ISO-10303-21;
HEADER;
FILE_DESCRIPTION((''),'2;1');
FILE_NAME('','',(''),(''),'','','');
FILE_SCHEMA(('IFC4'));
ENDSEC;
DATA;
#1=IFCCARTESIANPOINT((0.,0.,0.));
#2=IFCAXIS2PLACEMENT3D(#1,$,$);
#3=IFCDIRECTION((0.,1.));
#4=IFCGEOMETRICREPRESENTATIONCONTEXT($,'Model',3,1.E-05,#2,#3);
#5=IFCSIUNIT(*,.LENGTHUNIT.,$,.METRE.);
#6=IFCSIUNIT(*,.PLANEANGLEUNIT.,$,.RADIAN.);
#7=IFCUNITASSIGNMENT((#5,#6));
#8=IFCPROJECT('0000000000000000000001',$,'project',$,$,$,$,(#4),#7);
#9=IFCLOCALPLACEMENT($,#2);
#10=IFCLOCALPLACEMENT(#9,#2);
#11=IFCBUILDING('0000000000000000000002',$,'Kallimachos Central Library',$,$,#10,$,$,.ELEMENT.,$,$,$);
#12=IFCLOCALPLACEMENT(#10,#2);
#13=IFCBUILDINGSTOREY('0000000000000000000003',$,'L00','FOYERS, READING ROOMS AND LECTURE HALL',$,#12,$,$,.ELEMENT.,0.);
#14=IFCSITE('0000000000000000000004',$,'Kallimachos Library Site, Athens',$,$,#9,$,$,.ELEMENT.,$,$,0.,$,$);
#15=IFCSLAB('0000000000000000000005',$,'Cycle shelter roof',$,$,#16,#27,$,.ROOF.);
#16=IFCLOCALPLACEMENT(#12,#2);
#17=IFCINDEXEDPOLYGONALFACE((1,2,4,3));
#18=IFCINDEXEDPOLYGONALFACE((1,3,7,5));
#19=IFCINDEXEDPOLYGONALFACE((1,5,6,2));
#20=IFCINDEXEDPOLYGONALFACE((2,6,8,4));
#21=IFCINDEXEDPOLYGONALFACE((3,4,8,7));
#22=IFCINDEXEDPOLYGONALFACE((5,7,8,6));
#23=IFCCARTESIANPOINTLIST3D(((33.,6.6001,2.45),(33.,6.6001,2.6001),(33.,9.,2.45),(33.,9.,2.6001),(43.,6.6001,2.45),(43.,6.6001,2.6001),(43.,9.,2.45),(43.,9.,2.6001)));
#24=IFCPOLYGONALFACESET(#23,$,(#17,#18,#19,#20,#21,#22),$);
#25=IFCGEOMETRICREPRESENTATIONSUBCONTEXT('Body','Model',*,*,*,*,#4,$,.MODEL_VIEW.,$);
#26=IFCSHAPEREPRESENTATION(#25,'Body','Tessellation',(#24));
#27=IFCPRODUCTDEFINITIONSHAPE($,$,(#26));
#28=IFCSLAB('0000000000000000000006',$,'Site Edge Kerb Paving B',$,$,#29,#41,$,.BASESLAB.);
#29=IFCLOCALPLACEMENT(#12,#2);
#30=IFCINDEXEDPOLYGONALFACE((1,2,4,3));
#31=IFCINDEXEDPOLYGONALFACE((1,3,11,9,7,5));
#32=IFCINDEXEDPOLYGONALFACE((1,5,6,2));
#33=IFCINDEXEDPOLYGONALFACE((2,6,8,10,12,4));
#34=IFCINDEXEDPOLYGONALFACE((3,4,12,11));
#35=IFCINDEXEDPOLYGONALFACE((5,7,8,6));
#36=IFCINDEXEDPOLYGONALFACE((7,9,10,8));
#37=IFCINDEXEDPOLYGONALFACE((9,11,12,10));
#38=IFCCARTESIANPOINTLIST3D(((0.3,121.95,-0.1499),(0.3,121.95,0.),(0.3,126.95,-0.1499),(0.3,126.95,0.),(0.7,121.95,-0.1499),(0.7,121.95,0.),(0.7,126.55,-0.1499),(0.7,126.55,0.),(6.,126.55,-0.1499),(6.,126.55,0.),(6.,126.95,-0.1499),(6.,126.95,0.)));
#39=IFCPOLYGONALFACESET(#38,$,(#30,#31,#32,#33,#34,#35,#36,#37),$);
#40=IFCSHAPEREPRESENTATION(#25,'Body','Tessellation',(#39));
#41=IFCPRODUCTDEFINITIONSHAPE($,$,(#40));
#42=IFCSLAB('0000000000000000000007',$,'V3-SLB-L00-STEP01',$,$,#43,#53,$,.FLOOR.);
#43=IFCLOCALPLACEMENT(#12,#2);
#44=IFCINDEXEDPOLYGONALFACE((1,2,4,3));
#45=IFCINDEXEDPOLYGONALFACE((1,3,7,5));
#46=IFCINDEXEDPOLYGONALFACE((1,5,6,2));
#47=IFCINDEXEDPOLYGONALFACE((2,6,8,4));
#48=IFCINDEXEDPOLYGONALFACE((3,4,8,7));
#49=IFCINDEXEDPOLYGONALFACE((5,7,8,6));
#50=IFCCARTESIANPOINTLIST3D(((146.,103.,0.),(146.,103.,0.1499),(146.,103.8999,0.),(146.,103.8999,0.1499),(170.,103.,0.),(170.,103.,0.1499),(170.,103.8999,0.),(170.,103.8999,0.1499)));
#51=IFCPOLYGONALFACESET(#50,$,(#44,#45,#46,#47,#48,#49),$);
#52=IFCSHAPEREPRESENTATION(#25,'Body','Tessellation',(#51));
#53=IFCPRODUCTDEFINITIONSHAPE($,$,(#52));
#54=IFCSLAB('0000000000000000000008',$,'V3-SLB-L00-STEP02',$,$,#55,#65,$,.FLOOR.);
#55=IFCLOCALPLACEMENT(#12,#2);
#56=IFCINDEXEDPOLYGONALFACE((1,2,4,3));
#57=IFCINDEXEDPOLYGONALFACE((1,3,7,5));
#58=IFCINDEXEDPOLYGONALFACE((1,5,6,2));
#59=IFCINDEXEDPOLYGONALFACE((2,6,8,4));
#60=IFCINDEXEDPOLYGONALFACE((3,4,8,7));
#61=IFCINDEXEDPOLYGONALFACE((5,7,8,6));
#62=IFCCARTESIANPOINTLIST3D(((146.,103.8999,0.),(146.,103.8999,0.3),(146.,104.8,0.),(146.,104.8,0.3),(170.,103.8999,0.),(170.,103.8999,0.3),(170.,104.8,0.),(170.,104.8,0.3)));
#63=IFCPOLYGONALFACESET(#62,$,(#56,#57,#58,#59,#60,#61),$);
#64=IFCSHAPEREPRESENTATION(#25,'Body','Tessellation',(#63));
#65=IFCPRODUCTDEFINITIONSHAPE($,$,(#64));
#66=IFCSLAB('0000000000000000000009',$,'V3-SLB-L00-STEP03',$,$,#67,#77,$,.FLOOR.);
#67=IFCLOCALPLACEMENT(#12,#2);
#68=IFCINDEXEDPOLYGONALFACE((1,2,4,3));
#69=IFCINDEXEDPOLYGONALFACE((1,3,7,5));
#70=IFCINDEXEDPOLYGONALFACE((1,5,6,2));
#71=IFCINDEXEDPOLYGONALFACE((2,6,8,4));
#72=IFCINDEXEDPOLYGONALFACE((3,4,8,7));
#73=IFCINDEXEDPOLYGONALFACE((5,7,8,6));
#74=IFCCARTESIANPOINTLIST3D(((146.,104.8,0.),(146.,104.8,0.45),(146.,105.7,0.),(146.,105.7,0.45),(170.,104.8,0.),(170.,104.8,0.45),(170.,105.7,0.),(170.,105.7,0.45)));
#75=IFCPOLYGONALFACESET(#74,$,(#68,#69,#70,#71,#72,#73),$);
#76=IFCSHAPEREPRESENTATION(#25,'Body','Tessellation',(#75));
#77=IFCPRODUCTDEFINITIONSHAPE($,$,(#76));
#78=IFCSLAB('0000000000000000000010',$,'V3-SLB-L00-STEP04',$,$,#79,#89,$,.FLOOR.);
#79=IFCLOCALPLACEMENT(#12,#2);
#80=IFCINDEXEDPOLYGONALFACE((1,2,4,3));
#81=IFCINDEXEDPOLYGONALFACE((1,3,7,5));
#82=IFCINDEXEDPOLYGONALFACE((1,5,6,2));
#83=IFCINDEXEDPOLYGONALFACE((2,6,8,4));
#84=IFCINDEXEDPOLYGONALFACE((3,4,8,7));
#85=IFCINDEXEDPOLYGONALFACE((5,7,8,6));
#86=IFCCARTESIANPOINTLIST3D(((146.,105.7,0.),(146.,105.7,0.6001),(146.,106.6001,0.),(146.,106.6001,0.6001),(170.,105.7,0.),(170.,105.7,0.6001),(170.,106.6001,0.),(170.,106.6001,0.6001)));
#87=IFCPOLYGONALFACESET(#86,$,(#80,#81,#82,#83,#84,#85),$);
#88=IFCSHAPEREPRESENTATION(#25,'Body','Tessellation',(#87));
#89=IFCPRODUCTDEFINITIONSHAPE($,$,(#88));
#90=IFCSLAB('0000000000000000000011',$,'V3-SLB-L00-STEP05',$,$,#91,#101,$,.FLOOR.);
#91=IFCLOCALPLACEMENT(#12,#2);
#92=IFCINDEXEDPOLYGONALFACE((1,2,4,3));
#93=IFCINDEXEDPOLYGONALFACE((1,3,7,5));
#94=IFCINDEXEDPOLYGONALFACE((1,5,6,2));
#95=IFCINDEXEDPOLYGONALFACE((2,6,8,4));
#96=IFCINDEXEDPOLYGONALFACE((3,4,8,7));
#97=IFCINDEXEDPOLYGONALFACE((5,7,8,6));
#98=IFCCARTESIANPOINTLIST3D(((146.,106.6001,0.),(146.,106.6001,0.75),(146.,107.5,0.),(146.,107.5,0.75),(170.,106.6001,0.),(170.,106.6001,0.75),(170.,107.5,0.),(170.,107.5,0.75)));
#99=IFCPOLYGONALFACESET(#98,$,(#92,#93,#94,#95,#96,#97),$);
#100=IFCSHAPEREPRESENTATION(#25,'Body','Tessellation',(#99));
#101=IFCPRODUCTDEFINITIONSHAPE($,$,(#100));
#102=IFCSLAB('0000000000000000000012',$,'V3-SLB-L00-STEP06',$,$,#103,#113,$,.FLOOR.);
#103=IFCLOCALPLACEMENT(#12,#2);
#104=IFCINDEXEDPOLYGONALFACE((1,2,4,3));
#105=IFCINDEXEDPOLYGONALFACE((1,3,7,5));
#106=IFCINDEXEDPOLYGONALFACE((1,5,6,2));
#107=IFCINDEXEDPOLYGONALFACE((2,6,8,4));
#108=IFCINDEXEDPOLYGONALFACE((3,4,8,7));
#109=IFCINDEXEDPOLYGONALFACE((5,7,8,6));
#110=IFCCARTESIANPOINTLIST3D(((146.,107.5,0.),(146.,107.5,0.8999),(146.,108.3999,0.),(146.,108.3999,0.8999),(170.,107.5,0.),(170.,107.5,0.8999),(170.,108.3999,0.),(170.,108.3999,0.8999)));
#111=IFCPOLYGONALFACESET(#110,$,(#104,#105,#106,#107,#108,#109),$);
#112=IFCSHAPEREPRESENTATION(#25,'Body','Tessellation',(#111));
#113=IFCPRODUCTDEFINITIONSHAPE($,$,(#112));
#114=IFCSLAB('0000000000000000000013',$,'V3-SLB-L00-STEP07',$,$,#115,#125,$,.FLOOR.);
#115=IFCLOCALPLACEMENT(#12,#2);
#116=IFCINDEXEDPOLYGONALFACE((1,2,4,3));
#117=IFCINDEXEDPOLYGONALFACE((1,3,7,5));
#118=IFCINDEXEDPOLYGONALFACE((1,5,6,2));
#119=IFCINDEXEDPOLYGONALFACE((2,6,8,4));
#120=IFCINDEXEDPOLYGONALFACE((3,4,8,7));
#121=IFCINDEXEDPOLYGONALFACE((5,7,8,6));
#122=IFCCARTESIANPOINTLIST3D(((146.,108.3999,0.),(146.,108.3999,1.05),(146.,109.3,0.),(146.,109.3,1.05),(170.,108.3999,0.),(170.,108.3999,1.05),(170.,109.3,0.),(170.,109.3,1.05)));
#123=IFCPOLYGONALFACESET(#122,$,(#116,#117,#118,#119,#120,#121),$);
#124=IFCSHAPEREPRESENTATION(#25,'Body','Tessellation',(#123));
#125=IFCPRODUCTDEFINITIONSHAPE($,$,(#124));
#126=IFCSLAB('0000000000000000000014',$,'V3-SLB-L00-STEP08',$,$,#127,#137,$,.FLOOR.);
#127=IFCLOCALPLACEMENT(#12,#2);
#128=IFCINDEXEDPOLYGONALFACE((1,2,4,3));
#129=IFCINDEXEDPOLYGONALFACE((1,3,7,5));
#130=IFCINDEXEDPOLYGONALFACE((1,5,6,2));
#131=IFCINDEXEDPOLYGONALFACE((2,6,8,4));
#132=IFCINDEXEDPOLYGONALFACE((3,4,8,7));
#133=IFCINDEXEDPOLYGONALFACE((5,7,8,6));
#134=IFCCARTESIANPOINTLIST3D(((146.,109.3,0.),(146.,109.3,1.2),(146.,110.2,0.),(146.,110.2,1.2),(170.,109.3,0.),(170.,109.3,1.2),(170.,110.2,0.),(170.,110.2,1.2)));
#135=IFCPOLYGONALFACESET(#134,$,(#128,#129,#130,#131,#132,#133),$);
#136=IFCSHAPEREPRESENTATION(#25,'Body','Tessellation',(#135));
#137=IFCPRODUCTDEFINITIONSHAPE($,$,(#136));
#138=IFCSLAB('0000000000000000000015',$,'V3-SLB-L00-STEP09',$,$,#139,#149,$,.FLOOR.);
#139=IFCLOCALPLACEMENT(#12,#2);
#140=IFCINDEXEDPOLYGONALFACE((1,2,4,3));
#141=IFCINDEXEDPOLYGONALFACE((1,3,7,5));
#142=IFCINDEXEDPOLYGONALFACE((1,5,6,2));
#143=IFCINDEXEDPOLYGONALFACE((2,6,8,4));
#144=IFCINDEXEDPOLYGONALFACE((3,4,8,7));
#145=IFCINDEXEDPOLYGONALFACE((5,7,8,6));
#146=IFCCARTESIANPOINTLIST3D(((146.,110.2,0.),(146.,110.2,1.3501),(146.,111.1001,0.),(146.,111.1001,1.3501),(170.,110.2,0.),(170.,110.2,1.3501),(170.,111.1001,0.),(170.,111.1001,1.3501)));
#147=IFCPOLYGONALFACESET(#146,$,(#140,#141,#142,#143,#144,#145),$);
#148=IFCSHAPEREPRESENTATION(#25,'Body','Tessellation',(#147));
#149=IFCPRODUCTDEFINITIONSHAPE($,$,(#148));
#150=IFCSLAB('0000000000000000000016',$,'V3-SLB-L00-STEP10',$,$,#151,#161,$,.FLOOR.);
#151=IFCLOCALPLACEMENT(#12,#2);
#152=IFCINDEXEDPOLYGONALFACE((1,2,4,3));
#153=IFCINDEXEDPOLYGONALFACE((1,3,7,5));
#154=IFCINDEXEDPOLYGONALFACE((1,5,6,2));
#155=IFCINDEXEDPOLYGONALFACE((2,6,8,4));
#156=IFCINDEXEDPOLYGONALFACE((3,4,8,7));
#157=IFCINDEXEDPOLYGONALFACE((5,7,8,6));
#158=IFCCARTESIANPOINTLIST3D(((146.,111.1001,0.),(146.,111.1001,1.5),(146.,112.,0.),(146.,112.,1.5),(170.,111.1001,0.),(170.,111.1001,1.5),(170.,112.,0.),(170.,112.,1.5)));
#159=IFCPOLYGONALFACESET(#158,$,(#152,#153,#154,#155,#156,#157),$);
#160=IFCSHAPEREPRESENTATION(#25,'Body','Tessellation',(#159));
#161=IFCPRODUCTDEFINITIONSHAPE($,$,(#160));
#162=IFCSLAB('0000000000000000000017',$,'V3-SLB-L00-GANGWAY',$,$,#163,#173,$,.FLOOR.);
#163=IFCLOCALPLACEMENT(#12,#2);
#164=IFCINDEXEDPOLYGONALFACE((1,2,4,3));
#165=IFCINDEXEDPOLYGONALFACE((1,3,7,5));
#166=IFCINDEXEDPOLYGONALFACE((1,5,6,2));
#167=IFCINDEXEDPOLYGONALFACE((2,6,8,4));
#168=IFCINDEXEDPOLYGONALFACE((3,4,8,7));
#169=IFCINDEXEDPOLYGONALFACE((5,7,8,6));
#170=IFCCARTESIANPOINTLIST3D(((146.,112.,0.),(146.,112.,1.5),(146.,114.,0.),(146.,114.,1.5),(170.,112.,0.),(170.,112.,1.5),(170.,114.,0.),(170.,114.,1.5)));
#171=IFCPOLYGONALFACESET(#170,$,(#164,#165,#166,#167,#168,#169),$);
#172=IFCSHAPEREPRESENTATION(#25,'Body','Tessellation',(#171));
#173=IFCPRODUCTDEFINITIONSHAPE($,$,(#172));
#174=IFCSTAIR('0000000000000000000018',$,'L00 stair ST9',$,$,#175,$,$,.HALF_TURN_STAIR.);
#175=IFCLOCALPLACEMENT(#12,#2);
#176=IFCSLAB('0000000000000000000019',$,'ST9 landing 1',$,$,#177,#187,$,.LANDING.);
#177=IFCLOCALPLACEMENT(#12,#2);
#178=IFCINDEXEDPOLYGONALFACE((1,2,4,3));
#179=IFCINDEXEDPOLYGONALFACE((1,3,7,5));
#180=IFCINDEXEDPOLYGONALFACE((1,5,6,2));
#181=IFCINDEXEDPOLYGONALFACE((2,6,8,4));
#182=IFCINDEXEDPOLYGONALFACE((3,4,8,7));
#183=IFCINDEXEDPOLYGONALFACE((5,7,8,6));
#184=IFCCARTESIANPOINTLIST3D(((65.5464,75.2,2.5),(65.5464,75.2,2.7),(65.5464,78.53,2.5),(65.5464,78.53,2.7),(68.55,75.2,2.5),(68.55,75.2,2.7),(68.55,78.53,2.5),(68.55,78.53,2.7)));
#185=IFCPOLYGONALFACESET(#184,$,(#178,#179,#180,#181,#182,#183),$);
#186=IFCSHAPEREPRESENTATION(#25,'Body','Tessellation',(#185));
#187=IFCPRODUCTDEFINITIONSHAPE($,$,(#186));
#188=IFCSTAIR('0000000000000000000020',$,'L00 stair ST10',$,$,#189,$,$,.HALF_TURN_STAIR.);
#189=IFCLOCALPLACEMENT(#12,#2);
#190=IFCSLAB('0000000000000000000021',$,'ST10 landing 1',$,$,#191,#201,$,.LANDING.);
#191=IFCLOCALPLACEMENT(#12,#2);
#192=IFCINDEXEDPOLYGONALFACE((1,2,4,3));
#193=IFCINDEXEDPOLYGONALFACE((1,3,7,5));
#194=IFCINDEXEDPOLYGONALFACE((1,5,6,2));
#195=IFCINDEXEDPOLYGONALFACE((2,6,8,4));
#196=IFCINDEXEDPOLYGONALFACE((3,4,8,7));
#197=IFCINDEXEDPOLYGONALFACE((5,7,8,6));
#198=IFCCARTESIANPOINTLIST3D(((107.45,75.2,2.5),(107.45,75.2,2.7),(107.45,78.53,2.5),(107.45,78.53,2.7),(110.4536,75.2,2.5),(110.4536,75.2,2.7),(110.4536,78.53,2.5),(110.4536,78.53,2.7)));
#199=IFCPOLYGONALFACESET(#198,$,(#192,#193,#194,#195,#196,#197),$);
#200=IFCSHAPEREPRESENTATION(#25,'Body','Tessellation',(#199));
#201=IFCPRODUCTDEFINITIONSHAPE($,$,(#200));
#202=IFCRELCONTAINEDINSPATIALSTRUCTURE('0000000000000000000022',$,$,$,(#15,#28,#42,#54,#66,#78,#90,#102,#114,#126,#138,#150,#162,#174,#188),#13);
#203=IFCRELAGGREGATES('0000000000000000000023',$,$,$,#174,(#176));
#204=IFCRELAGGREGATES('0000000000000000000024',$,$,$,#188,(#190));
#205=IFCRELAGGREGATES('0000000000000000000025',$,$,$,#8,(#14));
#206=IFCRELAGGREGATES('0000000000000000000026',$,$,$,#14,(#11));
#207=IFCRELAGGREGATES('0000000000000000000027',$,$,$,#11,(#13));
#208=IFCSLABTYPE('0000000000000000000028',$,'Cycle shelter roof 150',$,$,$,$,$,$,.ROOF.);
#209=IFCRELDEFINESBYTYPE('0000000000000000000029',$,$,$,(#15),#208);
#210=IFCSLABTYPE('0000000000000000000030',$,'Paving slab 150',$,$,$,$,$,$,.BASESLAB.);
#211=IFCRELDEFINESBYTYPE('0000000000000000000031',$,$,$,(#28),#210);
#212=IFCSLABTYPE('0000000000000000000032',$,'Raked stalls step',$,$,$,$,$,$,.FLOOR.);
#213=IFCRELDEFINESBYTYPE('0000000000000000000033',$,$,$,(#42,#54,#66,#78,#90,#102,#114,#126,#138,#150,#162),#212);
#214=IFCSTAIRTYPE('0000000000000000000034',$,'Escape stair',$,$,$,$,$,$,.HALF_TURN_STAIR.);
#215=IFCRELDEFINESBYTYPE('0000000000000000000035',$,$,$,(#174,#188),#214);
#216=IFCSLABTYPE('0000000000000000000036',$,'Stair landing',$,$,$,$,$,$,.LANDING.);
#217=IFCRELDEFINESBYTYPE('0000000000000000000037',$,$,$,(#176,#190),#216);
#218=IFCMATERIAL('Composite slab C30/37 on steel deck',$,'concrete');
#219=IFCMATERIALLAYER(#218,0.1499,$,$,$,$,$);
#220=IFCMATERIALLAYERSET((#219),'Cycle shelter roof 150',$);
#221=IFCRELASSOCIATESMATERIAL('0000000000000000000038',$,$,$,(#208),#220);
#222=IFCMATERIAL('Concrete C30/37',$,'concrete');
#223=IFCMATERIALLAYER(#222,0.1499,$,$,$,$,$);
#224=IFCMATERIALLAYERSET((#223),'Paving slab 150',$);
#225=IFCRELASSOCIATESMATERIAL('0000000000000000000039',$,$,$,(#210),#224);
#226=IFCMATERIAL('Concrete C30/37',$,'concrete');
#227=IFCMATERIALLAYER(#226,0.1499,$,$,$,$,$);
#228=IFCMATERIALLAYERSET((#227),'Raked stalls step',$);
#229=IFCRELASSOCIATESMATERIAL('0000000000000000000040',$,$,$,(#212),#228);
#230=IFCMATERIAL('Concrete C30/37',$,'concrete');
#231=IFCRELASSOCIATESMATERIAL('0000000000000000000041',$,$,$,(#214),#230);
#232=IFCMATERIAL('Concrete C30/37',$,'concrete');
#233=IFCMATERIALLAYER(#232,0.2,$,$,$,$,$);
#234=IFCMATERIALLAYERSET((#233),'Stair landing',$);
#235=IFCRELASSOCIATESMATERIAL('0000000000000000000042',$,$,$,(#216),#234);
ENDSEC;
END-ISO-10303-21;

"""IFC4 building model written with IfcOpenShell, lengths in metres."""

from ifc_helpers import new_model, si_unit, direction, frame, origin, place, context, subcontext, project, spatial, polyline, outline, extrude, material, layer, layer_set, type_object, element, aggregate, save


model = new_model("IFC4")

# Units and contexts
model_context = context("Model", 3, precision=1e-05, world=origin(), true_north=direction((0.0, 1.0)))
body_context = subcontext(model_context, "Body", "Model", "MODEL_VIEW")
ifc_project = project(units=[si_unit("LENGTHUNIT", "METRE"), si_unit("PLANEANGLEUNIT", "RADIAN")], contexts=[model_context])

# Site, building, storey
site_placement = place(None, origin())
site = spatial("IfcSite", under=ifc_project, at=site_placement, Name="Kallimachos Library Site, Athens", CompositionType="ELEMENT", RefElevation=0.0)
building_placement = place(site_placement, origin())
building = spatial("IfcBuilding", under=site, at=building_placement, Name="Kallimachos Central Library", CompositionType="ELEMENT")
storey_placement = place(building_placement, origin())
storey = spatial("IfcBuildingStorey", under=building, at=storey_placement, Name="L00", Description="FOYERS, READING ROOMS AND LECTURE HALL", CompositionType="ELEMENT", Elevation=0.0)

# Slabs
ifc_material_1 = material(Name="Composite slab C30/37 on steel deck", Category="concrete")
ifc_layer_1 = layer(ifc_material_1, 0.1499)
ifc_layer_set_1 = layer_set([ifc_layer_1], Name="Cycle shelter roof 150")
slab_type_1 = type_object("IfcSlabType", Name="Cycle shelter roof 150", PredefinedType="ROOF", material=ifc_layer_set_1)
slab_1_placement = place(storey_placement, frame((0.0, 0.0, 2.45)))
element("IfcSlab", 1, at=slab_1_placement, inside=storey, type_object=slab_type_1, Name="Cycle shelter roof", PredefinedType="ROOF", context=body_context, shape_type="SweptSolid", body=[
    extrude(outline(polyline([(33.0, 6.6001), (43.0, 6.6001), (43.0, 9.0), (33.0, 9.0), (33.0, 6.6001)])), origin(), (0.0, 0.0, 1.0), 0.1501),
])
ifc_material_2 = material(Name="Concrete C30/37", Category="concrete")
ifc_layer_2 = layer(ifc_material_2, 0.1499)
ifc_layer_set_2 = layer_set([ifc_layer_2], Name="Paving slab 150")
slab_type_2 = type_object("IfcSlabType", Name="Paving slab 150", PredefinedType="BASESLAB", material=ifc_layer_set_2)
slab_2_placement = place(storey_placement, frame((0.0, 0.0, -0.1499)))
element("IfcSlab", 2, at=slab_2_placement, inside=storey, type_object=slab_type_2, Name="Site Edge Kerb Paving B", PredefinedType="BASESLAB", context=body_context, shape_type="SweptSolid", body=[
    extrude(outline(polyline([(0.3, 126.95), (6.0, 126.95), (6.0, 126.55), (0.7, 126.55), (0.7, 121.95), (0.3, 121.95), (0.3, 126.95)])), origin(), (0.0, 0.0, 1.0), 0.1499),
])
ifc_material_3 = material(Name="Concrete C30/37", Category="concrete")
ifc_layer_3 = layer(ifc_material_3, 0.1499)
ifc_layer_set_3 = layer_set([ifc_layer_3], Name="Raked stalls step")
slab_type_3 = type_object("IfcSlabType", Name="Raked stalls step", PredefinedType="FLOOR", material=ifc_layer_set_3)
slab_3_placement = place(storey_placement, origin())
element("IfcSlab", 3, at=slab_3_placement, inside=storey, type_object=slab_type_3, Name="V3-SLB-L00-STEP01", PredefinedType="FLOOR", context=body_context, shape_type="SweptSolid", body=[
    extrude(outline(polyline([(146.0, 103.0), (170.0, 103.0), (170.0, 103.8999), (146.0, 103.8999), (146.0, 103.0)])), origin(), (0.0, 0.0, 1.0), 0.1499),
])
slab_4_placement = place(storey_placement, origin())
element("IfcSlab", 4, at=slab_4_placement, inside=storey, type_object=slab_type_3, Name="V3-SLB-L00-STEP02", PredefinedType="FLOOR", context=body_context, shape_type="SweptSolid", body=[
    extrude(outline(polyline([(146.0, 103.8999), (170.0, 103.8999), (170.0, 104.8), (146.0, 104.8), (146.0, 103.8999)])), origin(), (0.0, 0.0, 1.0), 0.3),
])
slab_5_placement = place(storey_placement, origin())
element("IfcSlab", 5, at=slab_5_placement, inside=storey, type_object=slab_type_3, Name="V3-SLB-L00-STEP03", PredefinedType="FLOOR", context=body_context, shape_type="SweptSolid", body=[
    extrude(outline(polyline([(146.0, 104.8), (170.0, 104.8), (170.0, 105.7), (146.0, 105.7), (146.0, 104.8)])), origin(), (0.0, 0.0, 1.0), 0.45),
])
slab_6_placement = place(storey_placement, origin())
element("IfcSlab", 6, at=slab_6_placement, inside=storey, type_object=slab_type_3, Name="V3-SLB-L00-STEP04", PredefinedType="FLOOR", context=body_context, shape_type="SweptSolid", body=[
    extrude(outline(polyline([(146.0, 105.7), (170.0, 105.7), (170.0, 106.6001), (146.0, 106.6001), (146.0, 105.7)])), origin(), (0.0, 0.0, 1.0), 0.6001),
])
slab_7_placement = place(storey_placement, origin())
element("IfcSlab", 7, at=slab_7_placement, inside=storey, type_object=slab_type_3, Name="V3-SLB-L00-STEP05", PredefinedType="FLOOR", context=body_context, shape_type="SweptSolid", body=[
    extrude(outline(polyline([(146.0, 106.6001), (170.0, 106.6001), (170.0, 107.5), (146.0, 107.5), (146.0, 106.6001)])), origin(), (0.0, 0.0, 1.0), 0.75),
])
slab_8_placement = place(storey_placement, origin())
element("IfcSlab", 8, at=slab_8_placement, inside=storey, type_object=slab_type_3, Name="V3-SLB-L00-STEP06", PredefinedType="FLOOR", context=body_context, shape_type="SweptSolid", body=[
    extrude(outline(polyline([(146.0, 107.5), (170.0, 107.5), (170.0, 108.3999), (146.0, 108.3999), (146.0, 107.5)])), origin(), (0.0, 0.0, 1.0), 0.8999),
])
slab_9_placement = place(storey_placement, origin())
element("IfcSlab", 9, at=slab_9_placement, inside=storey, type_object=slab_type_3, Name="V3-SLB-L00-STEP07", PredefinedType="FLOOR", context=body_context, shape_type="SweptSolid", body=[
    extrude(outline(polyline([(146.0, 108.3999), (170.0, 108.3999), (170.0, 109.3), (146.0, 109.3), (146.0, 108.3999)])), origin(), (0.0, 0.0, 1.0), 1.05),
])
slab_10_placement = place(storey_placement, origin())
element("IfcSlab", 10, at=slab_10_placement, inside=storey, type_object=slab_type_3, Name="V3-SLB-L00-STEP08", PredefinedType="FLOOR", context=body_context, shape_type="SweptSolid", body=[
    extrude(outline(polyline([(146.0, 109.3), (170.0, 109.3), (170.0, 110.2), (146.0, 110.2), (146.0, 109.3)])), origin(), (0.0, 0.0, 1.0), 1.2),
])
slab_11_placement = place(storey_placement, origin())
element("IfcSlab", 11, at=slab_11_placement, inside=storey, type_object=slab_type_3, Name="V3-SLB-L00-STEP09", PredefinedType="FLOOR", context=body_context, shape_type="SweptSolid", body=[
    extrude(outline(polyline([(146.0, 110.2), (170.0, 110.2), (170.0, 111.1001), (146.0, 111.1001), (146.0, 110.2)])), origin(), (0.0, 0.0, 1.0), 1.3501),
])
slab_12_placement = place(storey_placement, origin())
element("IfcSlab", 12, at=slab_12_placement, inside=storey, type_object=slab_type_3, Name="V3-SLB-L00-STEP10", PredefinedType="FLOOR", context=body_context, shape_type="SweptSolid", body=[
    extrude(outline(polyline([(146.0, 111.1001), (170.0, 111.1001), (170.0, 112.0), (146.0, 112.0), (146.0, 111.1001)])), origin(), (0.0, 0.0, 1.0), 1.5),
])
slab_13_placement = place(storey_placement, origin())
element("IfcSlab", 13, at=slab_13_placement, inside=storey, type_object=slab_type_3, Name="V3-SLB-L00-GANGWAY", PredefinedType="FLOOR", context=body_context, shape_type="SweptSolid", body=[
    extrude(outline(polyline([(146.0, 112.0), (170.0, 112.0), (170.0, 114.0), (146.0, 114.0), (146.0, 112.0)])), origin(), (0.0, 0.0, 1.0), 1.5),
])

# Stairs, slabs
ifc_material_4 = material(Name="Concrete C30/37", Category="concrete")
stair_type_1 = type_object("IfcStairType", Name="Escape stair", PredefinedType="HALF_TURN_STAIR", material=ifc_material_4)
stair_1_placement = place(storey_placement, origin())
stair_1 = element("IfcStair", 14, at=stair_1_placement, inside=storey, type_object=stair_type_1, Name="L00 stair ST9", PredefinedType="HALF_TURN_STAIR")
ifc_material_5 = material(Name="Concrete C30/37", Category="concrete")
ifc_layer_4 = layer(ifc_material_5, 0.2)
ifc_layer_set_4 = layer_set([ifc_layer_4], Name="Stair landing")
slab_type_4 = type_object("IfcSlabType", Name="Stair landing", PredefinedType="LANDING", material=ifc_layer_set_4)
slab_14_placement = place(storey_placement, frame((0.0, 0.0, 2.5)))
slab_14 = element("IfcSlab", 15, at=slab_14_placement, type_object=slab_type_4, Name="ST9 landing 1", PredefinedType="LANDING", context=body_context, shape_type="SweptSolid", body=[
    extrude(outline(polyline([(65.5464, 75.2), (68.55, 75.2), (68.55, 78.53), (65.5464, 78.53), (65.5464, 75.2)])), origin(), (0.0, 0.0, 1.0), 0.2),
])
aggregate(stair_1, [slab_14])
stair_2_placement = place(storey_placement, origin())
stair_2 = element("IfcStair", 16, at=stair_2_placement, inside=storey, type_object=stair_type_1, Name="L00 stair ST10", PredefinedType="HALF_TURN_STAIR")
slab_15_placement = place(storey_placement, frame((0.0, 0.0, 2.5)))
slab_15 = element("IfcSlab", 17, at=slab_15_placement, type_object=slab_type_4, Name="ST10 landing 1", PredefinedType="LANDING", context=body_context, shape_type="SweptSolid", body=[
    extrude(outline(polyline([(107.45, 75.2), (110.4536, 75.2), (110.4536, 78.53), (107.45, 78.53), (107.45, 75.2)])), origin(), (0.0, 0.0, 1.0), 0.2),
])
aggregate(stair_2, [slab_15])

save(model, "model.ifc")
